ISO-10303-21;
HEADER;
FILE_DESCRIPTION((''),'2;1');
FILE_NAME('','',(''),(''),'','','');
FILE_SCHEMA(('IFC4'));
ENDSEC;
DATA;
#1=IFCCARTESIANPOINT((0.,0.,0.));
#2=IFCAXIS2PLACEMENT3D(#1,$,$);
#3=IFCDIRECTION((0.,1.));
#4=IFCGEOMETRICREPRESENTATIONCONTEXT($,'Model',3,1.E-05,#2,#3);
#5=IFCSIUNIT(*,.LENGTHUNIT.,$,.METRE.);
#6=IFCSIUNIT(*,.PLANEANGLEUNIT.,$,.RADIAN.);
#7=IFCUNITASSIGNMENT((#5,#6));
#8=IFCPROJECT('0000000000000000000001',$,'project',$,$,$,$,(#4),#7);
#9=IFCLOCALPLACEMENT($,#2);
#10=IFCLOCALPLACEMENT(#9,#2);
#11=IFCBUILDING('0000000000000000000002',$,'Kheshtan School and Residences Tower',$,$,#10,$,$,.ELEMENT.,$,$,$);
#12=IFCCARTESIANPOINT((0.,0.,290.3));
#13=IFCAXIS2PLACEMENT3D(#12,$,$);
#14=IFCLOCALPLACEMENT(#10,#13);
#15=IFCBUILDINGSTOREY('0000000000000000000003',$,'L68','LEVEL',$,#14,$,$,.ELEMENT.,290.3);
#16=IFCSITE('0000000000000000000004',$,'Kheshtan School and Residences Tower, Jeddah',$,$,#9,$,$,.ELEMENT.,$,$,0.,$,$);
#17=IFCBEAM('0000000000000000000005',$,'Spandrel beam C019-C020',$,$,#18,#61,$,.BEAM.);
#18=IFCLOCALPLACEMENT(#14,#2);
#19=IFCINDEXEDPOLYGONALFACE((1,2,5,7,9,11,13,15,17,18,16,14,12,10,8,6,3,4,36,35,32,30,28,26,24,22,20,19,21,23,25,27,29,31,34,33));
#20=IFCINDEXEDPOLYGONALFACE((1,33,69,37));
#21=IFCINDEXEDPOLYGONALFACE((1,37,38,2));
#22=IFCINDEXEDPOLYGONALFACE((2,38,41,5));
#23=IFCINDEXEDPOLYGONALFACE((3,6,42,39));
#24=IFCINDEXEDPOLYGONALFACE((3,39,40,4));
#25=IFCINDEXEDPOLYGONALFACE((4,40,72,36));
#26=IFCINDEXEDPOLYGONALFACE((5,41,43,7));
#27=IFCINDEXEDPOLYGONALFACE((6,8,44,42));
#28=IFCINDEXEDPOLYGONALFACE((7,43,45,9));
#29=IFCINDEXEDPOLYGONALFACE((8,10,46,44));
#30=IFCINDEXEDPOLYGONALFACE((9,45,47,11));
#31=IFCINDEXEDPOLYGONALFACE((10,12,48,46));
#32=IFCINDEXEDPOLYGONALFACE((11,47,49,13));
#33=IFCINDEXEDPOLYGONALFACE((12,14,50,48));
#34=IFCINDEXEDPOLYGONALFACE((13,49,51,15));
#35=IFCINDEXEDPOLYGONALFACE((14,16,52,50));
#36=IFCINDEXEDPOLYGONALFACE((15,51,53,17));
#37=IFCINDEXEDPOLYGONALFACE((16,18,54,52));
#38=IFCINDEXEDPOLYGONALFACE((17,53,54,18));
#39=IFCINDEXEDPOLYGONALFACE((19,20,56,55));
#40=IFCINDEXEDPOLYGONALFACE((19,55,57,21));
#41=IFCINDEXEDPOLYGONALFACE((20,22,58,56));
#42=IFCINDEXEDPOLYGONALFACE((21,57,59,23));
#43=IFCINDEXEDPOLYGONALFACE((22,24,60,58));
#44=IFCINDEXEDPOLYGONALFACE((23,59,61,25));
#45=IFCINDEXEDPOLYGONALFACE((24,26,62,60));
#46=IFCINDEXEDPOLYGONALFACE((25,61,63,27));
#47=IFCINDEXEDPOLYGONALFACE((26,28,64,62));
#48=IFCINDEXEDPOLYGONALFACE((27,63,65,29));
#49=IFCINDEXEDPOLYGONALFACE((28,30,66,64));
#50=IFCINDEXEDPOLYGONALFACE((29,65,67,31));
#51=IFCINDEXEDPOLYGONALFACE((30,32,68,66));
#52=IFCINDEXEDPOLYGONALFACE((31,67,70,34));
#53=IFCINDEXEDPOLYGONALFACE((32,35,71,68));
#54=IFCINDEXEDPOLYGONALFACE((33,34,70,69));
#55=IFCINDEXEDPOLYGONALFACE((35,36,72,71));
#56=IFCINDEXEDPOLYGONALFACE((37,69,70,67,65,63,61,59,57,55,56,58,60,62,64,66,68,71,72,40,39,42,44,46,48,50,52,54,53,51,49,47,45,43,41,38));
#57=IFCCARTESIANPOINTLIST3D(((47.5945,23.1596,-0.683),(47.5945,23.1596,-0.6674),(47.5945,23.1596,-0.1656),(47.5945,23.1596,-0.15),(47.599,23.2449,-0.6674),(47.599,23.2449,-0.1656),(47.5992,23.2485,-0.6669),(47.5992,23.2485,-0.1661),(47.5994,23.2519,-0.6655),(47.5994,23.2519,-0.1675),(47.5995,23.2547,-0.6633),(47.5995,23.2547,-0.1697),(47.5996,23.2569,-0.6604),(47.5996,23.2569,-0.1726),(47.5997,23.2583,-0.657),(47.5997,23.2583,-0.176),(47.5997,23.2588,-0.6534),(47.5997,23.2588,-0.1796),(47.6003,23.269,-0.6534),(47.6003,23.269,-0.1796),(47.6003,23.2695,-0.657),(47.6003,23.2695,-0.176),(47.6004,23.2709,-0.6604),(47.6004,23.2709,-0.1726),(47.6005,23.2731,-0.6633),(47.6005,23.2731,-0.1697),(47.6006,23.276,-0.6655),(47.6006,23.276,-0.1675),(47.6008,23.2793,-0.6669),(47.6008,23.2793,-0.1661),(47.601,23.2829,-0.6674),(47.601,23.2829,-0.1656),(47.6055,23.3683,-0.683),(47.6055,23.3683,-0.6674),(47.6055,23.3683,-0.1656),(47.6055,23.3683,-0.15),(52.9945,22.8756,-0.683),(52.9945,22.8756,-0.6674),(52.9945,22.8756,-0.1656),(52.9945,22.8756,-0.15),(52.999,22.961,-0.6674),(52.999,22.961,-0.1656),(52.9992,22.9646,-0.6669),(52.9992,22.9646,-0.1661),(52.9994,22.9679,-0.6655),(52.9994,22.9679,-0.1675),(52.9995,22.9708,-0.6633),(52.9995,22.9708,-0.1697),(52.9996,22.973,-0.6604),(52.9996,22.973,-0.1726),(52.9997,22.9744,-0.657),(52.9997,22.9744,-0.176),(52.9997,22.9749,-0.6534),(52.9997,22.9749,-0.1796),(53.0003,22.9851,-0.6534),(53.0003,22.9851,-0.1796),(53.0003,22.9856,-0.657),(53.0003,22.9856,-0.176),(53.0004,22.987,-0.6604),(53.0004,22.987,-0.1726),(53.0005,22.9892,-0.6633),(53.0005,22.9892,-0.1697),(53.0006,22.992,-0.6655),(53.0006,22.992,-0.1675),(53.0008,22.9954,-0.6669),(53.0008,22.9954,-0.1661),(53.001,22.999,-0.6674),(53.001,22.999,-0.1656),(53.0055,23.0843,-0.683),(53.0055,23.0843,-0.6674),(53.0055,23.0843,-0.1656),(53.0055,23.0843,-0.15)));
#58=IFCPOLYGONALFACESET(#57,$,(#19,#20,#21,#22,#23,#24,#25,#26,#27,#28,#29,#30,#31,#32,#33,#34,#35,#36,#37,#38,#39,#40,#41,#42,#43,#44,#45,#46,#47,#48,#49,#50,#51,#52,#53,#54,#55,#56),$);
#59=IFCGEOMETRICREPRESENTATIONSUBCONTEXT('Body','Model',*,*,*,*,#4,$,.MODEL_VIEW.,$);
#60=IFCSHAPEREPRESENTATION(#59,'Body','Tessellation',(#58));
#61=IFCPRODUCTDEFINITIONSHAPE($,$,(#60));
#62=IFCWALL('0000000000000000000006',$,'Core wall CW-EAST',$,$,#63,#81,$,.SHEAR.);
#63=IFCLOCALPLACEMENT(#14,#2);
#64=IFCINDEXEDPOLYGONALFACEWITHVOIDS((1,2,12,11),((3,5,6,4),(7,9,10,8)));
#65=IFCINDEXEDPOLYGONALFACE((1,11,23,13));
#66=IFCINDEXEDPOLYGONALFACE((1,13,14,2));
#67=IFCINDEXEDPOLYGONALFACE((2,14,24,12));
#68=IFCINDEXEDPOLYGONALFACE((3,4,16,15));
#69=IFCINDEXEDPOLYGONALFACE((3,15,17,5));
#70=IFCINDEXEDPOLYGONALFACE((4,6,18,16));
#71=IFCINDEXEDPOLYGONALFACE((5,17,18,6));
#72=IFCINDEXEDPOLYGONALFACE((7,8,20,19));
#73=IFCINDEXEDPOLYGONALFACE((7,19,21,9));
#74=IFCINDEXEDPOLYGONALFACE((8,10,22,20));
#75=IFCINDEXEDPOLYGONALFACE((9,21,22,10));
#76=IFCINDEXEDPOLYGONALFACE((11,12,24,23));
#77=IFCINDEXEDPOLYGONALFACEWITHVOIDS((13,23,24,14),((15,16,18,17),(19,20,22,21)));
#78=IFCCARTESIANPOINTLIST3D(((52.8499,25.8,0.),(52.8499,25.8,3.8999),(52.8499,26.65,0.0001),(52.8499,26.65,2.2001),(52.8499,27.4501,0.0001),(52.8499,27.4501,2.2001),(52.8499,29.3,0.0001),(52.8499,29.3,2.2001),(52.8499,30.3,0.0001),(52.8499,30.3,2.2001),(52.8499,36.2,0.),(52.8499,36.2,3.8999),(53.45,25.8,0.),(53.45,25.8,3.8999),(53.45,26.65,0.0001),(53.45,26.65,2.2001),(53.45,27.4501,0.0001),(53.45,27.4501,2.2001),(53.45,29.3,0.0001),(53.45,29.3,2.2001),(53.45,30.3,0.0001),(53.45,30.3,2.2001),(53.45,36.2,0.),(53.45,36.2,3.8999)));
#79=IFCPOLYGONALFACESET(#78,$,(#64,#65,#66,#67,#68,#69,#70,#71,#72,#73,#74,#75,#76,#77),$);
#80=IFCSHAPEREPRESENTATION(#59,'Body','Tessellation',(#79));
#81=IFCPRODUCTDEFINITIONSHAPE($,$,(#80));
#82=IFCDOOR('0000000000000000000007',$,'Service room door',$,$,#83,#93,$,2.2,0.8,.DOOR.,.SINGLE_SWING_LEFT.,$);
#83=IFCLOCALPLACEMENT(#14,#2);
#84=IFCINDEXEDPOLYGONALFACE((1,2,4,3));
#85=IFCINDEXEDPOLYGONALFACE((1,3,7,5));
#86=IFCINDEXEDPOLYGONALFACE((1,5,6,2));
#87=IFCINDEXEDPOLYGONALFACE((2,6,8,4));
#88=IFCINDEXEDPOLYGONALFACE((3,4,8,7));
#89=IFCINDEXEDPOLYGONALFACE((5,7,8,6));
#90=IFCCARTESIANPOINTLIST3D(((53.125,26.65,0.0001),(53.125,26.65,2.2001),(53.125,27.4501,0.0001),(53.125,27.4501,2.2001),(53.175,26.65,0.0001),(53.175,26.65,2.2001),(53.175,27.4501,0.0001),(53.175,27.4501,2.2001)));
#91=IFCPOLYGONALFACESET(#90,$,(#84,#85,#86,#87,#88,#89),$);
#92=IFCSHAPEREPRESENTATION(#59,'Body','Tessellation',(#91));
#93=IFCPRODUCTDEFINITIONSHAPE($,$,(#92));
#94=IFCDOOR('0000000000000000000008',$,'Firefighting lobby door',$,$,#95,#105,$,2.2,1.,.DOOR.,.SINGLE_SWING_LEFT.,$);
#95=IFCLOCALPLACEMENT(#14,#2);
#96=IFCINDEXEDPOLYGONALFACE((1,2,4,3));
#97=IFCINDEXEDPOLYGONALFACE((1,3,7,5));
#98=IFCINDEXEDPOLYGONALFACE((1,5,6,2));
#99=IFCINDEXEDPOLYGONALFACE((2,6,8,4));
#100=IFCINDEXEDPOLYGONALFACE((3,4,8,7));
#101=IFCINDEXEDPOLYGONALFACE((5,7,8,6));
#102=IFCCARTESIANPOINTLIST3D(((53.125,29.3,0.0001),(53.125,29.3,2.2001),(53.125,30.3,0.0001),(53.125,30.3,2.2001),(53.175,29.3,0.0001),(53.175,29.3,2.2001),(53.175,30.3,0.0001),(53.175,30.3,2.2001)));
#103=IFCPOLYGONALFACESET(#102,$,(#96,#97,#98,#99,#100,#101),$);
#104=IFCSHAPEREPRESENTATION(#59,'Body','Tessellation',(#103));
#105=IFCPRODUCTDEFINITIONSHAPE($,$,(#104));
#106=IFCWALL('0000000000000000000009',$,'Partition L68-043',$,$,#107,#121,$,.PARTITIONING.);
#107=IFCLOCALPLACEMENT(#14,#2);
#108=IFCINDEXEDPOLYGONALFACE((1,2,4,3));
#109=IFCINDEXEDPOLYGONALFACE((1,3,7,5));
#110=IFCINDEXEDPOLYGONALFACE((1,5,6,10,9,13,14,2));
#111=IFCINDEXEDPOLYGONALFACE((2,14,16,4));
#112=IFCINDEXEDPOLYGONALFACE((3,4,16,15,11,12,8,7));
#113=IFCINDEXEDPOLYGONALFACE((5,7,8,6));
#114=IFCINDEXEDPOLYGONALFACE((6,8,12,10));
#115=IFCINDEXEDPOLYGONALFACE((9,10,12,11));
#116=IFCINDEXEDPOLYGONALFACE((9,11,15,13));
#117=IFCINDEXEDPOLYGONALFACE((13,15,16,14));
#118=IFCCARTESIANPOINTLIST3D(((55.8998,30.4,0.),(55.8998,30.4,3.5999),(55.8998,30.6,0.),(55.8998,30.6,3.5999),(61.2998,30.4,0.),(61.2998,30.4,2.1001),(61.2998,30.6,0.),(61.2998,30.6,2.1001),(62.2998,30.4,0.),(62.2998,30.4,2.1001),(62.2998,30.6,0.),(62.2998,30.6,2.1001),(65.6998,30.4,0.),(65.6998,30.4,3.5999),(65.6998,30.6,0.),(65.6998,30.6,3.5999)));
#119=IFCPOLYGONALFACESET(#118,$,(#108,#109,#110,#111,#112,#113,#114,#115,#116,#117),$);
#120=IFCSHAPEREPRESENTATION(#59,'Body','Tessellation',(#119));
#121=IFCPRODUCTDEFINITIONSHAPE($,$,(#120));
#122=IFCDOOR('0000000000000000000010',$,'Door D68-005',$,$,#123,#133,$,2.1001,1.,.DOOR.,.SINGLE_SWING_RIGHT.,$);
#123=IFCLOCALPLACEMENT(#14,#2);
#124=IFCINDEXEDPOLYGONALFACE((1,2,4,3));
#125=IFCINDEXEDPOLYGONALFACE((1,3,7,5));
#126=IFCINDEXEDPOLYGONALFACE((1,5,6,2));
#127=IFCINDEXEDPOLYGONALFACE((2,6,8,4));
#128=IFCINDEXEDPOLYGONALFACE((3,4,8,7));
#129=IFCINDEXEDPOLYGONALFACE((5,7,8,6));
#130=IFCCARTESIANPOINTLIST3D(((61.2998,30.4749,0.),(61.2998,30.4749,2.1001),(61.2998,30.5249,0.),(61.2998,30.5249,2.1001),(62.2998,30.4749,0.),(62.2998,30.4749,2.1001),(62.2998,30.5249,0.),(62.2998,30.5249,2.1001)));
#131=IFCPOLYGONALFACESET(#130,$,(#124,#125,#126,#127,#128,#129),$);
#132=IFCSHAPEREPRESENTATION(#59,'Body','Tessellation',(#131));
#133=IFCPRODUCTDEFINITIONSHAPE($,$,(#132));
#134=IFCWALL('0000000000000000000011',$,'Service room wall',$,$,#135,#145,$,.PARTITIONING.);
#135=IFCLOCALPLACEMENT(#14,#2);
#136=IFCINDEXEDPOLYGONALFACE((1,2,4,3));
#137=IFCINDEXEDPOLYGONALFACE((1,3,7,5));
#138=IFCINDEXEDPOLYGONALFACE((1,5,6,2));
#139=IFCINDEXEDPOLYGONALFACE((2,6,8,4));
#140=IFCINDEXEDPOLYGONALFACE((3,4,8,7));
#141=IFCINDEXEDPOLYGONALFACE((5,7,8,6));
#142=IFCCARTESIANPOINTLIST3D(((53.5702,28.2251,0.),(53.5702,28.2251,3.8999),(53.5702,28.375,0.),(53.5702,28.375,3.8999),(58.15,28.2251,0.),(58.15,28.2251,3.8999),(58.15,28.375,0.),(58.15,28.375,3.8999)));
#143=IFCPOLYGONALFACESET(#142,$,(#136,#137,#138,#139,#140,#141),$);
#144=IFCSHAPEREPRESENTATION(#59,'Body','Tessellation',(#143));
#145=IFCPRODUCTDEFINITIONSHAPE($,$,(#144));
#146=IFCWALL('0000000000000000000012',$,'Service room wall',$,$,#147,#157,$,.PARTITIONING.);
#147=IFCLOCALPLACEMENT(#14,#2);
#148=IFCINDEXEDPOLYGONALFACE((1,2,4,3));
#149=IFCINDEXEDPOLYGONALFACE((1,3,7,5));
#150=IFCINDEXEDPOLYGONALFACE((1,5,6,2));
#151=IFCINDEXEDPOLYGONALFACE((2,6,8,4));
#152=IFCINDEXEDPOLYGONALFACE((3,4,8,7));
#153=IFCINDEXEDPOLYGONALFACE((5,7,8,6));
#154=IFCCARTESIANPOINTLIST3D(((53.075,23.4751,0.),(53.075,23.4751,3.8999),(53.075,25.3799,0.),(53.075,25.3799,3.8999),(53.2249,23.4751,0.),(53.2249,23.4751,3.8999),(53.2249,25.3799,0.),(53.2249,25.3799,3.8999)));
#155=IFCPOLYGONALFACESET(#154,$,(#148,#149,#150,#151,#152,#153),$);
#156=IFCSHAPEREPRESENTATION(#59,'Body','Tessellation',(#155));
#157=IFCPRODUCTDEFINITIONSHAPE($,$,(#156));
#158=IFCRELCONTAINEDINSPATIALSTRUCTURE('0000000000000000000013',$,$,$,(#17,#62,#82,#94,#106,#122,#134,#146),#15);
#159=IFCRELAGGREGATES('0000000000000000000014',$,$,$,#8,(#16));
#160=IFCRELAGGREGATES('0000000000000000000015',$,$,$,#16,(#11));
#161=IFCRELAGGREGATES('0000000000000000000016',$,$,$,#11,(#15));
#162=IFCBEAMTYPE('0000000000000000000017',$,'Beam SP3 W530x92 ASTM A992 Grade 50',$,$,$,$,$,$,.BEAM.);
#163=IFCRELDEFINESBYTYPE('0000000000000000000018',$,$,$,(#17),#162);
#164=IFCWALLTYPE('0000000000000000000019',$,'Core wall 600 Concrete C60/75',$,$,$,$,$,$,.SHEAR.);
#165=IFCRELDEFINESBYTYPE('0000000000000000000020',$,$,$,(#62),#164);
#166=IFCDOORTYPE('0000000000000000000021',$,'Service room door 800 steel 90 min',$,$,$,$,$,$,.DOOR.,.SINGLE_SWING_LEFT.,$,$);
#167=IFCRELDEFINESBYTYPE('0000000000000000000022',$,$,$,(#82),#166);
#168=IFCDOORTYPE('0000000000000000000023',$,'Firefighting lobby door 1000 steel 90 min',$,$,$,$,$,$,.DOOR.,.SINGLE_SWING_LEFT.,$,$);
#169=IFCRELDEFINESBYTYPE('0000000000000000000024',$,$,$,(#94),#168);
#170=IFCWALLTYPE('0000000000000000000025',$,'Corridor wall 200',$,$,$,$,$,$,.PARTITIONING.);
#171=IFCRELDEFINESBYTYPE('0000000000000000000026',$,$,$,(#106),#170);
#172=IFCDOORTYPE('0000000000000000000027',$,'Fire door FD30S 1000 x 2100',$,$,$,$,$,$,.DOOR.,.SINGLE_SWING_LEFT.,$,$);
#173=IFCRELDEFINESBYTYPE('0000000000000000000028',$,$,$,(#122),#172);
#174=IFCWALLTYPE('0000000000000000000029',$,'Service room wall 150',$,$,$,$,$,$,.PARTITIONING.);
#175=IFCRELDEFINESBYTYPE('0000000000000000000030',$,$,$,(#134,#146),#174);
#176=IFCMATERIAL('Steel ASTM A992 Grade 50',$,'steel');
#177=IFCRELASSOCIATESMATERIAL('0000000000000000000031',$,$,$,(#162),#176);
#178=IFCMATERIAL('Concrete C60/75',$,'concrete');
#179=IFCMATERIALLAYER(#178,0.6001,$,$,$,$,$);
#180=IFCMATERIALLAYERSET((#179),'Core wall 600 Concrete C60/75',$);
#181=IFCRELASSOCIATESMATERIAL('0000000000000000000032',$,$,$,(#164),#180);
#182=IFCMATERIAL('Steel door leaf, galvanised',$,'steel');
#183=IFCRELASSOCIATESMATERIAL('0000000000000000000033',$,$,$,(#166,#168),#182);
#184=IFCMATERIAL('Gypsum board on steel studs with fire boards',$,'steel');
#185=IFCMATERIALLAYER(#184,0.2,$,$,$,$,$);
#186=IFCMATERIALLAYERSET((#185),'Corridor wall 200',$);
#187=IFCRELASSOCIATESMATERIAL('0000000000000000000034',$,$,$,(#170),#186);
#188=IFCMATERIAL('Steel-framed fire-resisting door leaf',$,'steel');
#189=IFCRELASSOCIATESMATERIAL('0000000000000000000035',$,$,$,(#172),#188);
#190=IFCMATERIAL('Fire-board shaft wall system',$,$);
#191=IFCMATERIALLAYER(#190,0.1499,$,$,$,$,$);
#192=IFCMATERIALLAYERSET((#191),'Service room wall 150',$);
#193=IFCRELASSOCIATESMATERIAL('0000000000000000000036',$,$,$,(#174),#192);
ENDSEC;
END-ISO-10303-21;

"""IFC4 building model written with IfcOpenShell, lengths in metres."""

from ifc_helpers import new_model, si_unit, direction, frame, frame_2d, origin, origin_2d, place, context, subcontext, project, spatial, rectangle, i_section, extrude, source, transform, mapped, material, layer, layer_set, material_profile, profile_set, type_object, element, fill, save


model = new_model("IFC4")

# Units and contexts
model_context = context("Model", 3, precision=1e-05, world=origin(), true_north=direction((0.0, 1.0)))
body_context = subcontext(model_context, "Body", "Model", "MODEL_VIEW")
ifc_project = project(units=[si_unit("LENGTHUNIT", "METRE"), si_unit("PLANEANGLEUNIT", "RADIAN")], contexts=[model_context])

# Site, building, storey
site_placement = place(None, origin())
site = spatial("IfcSite", under=ifc_project, at=site_placement, Name="Kheshtan School and Residences Tower, Jeddah", CompositionType="ELEMENT", RefElevation=0.0)
building_placement = place(site_placement, origin())
building = spatial("IfcBuilding", under=site, at=building_placement, Name="Kheshtan School and Residences Tower", CompositionType="ELEMENT")
storey_placement = place(building_placement, frame((0.0, 0.0, 290.3)))
storey = spatial("IfcBuildingStorey", under=building, at=storey_placement, Name="L68", Description="LEVEL", CompositionType="ELEMENT", Elevation=290.3)

# Shared definitions
ifc_material_1 = material(Name="Steel ASTM A992 Grade 50", Category="steel")

# Beam
ifc_material_profile_1 = material_profile(ifc_material_1, i_section(OverallWidth=0.209, OverallDepth=0.533, WebThickness=0.0103, FlangeThickness=0.0156, FilletRadius=0.0139, at=origin_2d()), Name="W530x92")
ifc_profile_set_1 = profile_set([ifc_material_profile_1], Name="Steel ASTM A992 Grade 50")
beam_type_1 = type_object("IfcBeamType", Name="Beam SP3 W530x92 ASTM A992 Grade 50", PredefinedType="BEAM", material=ifc_profile_set_1)
for number, where, z_axis, x_axis, name in (
    (1, (53.0, 22.98, -0.4165), (-0.99862, 0.052509, 0.0), (-0.052509, -0.99862, 0.0), "Spandrel beam C019-C020"),
):
    element("IfcBeam", number, at=place(storey_placement, frame(where, z_axis=z_axis, x_axis=x_axis)), inside=storey, type_object=beam_type_1, Name=name, PredefinedType="BEAM", context=body_context, shape_type="SweptSolid", body=[
        extrude(i_section(OverallWidth=0.209, OverallDepth=0.533, WebThickness=0.0103, FlangeThickness=0.0156, FilletRadius=0.0139, at=origin_2d()), origin(), (0.0, 0.0, 1.0), 5.4075),
    ])

# Wall, openings, doors
ifc_material_2 = material(Name="Concrete C60/75", Category="concrete")
ifc_layer_1 = layer(ifc_material_2, 0.6001)
ifc_layer_set_1 = layer_set([ifc_layer_1], Name="Core wall 600 Concrete C60/75")
wall_type_1 = type_object("IfcWallType", Name="Core wall 600 Concrete C60/75", PredefinedType="SHEAR", material=ifc_layer_set_1)
wall_1_placement = place(storey_placement, frame((53.1499, 25.8, 0.0), z_axis=(0.0, 0.0, 1.0), x_axis=(0.0, 1.0, 0.0)))
wall_1 = element("IfcWall", 2, at=wall_1_placement, inside=storey, type_object=wall_type_1, Name="Core wall CW-EAST", PredefinedType="SHEAR", context=body_context, shape_type="SweptSolid", body=[
    extrude(rectangle(XDim=10.3999, YDim=0.6001, at=frame_2d((5.2, 0.0))), origin(), (0.0, 0.0, 1.0), 3.8999),
])
opening_1_placement = place(wall_1_placement, frame((0.8501, 0.0, 0.0)))
opening_1 = element("IfcOpeningElement", 3, at=opening_1_placement, cuts=wall_1, PredefinedType="OPENING", context=body_context, shape_type="SweptSolid", body=[
    extrude(rectangle(XDim=0.8, YDim=2.2, at=frame_2d((0.3999, 1.1001))), frame((0.0, 0.3101, 0.0), z_axis=(0.0, -1.0, 0.0), x_axis=(1.0, 0.0, 0.0)), (0.0, 0.0, 1.0), 0.6201),
])
opening_2_placement = place(wall_1_placement, frame((3.5, 0.0, 0.0)))
opening_2 = element("IfcOpeningElement", 4, at=opening_2_placement, cuts=wall_1, PredefinedType="OPENING", context=body_context, shape_type="SweptSolid", body=[
    extrude(rectangle(XDim=1.0, YDim=2.2, at=frame_2d((0.5, 1.1001))), frame((0.0, 0.3101, 0.0), z_axis=(0.0, -1.0, 0.0), x_axis=(1.0, 0.0, 0.0)), (0.0, 0.0, 1.0), 0.6201),
])
ifc_material_3 = material(Name="Steel door leaf, galvanised", Category="steel")
door_type_1 = type_object("IfcDoorType", Name="Service room door 800 steel 90 min", OperationType="SINGLE_SWING_LEFT", PredefinedType="DOOR", material=ifc_material_3)
shared_shape_1 = source(origin(), body_context, "Body", "SweptSolid", [
    extrude(rectangle(XDim=0.8, YDim=2.2, at=frame_2d((0.3999, 1.1001))), frame((0.0, 0.0249, 0.0), z_axis=(0.0, -1.0, 0.0), x_axis=(1.0, 0.0, 0.0)), (0.0, 0.0, 1.0), 0.05),
])
door_1_placement = place(opening_1_placement, origin())
door_1 = element("IfcDoor", 5, at=door_1_placement, inside=storey, type_object=door_type_1, Name="Service room door", OperationType="SINGLE_SWING_LEFT", OverallHeight=2.2, OverallWidth=0.8, PredefinedType="DOOR", context=body_context, shape_type="MappedRepresentation", body=[
    mapped(shared_shape_1, transform((0.0, 0.0, 0.0), x_axis=(1.0, 0.0, 0.0), y_axis=(0.0, 1.0, 0.0), z_axis=(0.0, 0.0, 1.0), scale=1.0)),
])
fill(opening_1, door_1)
door_type_2 = type_object("IfcDoorType", Name="Firefighting lobby door 1000 steel 90 min", OperationType="SINGLE_SWING_LEFT", PredefinedType="DOOR", material=ifc_material_3)
shared_shape_2 = source(origin(), body_context, "Body", "SweptSolid", [
    extrude(rectangle(XDim=1.0, YDim=2.2, at=frame_2d((0.5, 1.1001))), frame((0.0, 0.0249, 0.0), z_axis=(0.0, -1.0, 0.0), x_axis=(1.0, 0.0, 0.0)), (0.0, 0.0, 1.0), 0.05),
])
door_2_placement = place(opening_2_placement, origin())
door_2 = element("IfcDoor", 6, at=door_2_placement, inside=storey, type_object=door_type_2, Name="Firefighting lobby door", OperationType="SINGLE_SWING_LEFT", OverallHeight=2.2, OverallWidth=1.0, PredefinedType="DOOR", context=body_context, shape_type="MappedRepresentation", body=[
    mapped(shared_shape_2, transform((0.0, 0.0, 0.0), x_axis=(1.0, 0.0, 0.0), y_axis=(0.0, 1.0, 0.0), z_axis=(0.0, 0.0, 1.0), scale=1.0)),
])
fill(opening_2, door_2)

# Wall, opening, door
ifc_material_4 = material(Name="Gypsum board on steel studs with fire boards", Category="steel")
ifc_layer_2 = layer(ifc_material_4, 0.2)
ifc_layer_set_2 = layer_set([ifc_layer_2], Name="Corridor wall 200")
wall_type_2 = type_object("IfcWallType", Name="Corridor wall 200", PredefinedType="PARTITIONING", material=ifc_layer_set_2)
wall_2_placement = place(storey_placement, frame((55.8999, 30.5, 0.0), z_axis=(0.0, 0.0, 1.0), x_axis=(1.0, 0.0, 0.0)))
wall_2 = element("IfcWall", 7, at=wall_2_placement, inside=storey, type_object=wall_type_2, Name="Partition L68-043", PredefinedType="PARTITIONING", context=body_context, shape_type="SweptSolid", body=[
    extrude(rectangle(XDim=9.8, YDim=0.2, at=frame_2d((4.8999, 0.0))), origin(), (0.0, 0.0, 1.0), 3.5999),
])
opening_3_placement = place(wall_2_placement, frame((5.3999, 0.0, 0.0)))
opening_3 = element("IfcOpeningElement", 8, at=opening_3_placement, cuts=wall_2, PredefinedType="OPENING", context=body_context, shape_type="SweptSolid", body=[
    extrude(rectangle(XDim=1.0, YDim=2.1001, at=frame_2d((0.5, 1.05))), frame((0.0, 0.1099, 0.0), z_axis=(0.0, -1.0, 0.0), x_axis=(1.0, 0.0, 0.0)), (0.0, 0.0, 1.0), 0.22),
])
ifc_material_5 = material(Name="Steel-framed fire-resisting door leaf", Category="steel")
door_type_3 = type_object("IfcDoorType", Name="Fire door FD30S 1000 x 2100", OperationType="SINGLE_SWING_LEFT", PredefinedType="DOOR", material=ifc_material_5)
shared_shape_3 = source(origin(), body_context, "Body", "SweptSolid", [
    extrude(rectangle(XDim=1.0, YDim=2.1001, at=frame_2d((0.5, 1.05))), frame((0.0, 0.0249, 0.0), z_axis=(0.0, -1.0, 0.0), x_axis=(1.0, 0.0, 0.0)), (0.0, 0.0, 1.0), 0.05),
])
door_3_placement = place(opening_3_placement, origin())
door_3 = element("IfcDoor", 9, at=door_3_placement, inside=storey, type_object=door_type_3, Name="Door D68-005", OperationType="SINGLE_SWING_RIGHT", OverallHeight=2.1001, OverallWidth=1.0, PredefinedType="DOOR", context=body_context, shape_type="MappedRepresentation", body=[
    mapped(shared_shape_3, transform((0.0, 0.0, 0.0), x_axis=(1.0, 0.0, 0.0), y_axis=(0.0, 1.0, 0.0), z_axis=(0.0, 0.0, 1.0), scale=1.0)),
])
fill(opening_3, door_3)

# Walls
ifc_material_6 = material(Name="Fire-board shaft wall system")
ifc_layer_3 = layer(ifc_material_6, 0.1499)
ifc_layer_set_3 = layer_set([ifc_layer_3], Name="Service room wall 150")
wall_type_3 = type_object("IfcWallType", Name="Service room wall 150", PredefinedType="PARTITIONING", material=ifc_layer_set_3)
wall_3_placement = place(storey_placement, frame((53.5701, 28.3, 0.0), z_axis=(0.0, 0.0, 1.0), x_axis=(1.0, 0.0, 0.0)))
element("IfcWall", 10, at=wall_3_placement, inside=storey, type_object=wall_type_3, Name="Service room wall", PredefinedType="PARTITIONING", context=body_context, shape_type="SweptSolid", body=[
    extrude(rectangle(XDim=4.5798, YDim=0.1499, at=frame_2d((2.29, 0.0))), origin(), (0.0, 0.0, 1.0), 3.8999),
])
wall_4_placement = place(storey_placement, frame((53.1499, 23.4751, 0.0), z_axis=(0.0, 0.0, 1.0), x_axis=(0.0, 1.0, 0.0)))
element("IfcWall", 11, at=wall_4_placement, inside=storey, type_object=wall_type_3, Name="Service room wall", PredefinedType="PARTITIONING", context=body_context, shape_type="SweptSolid", body=[
    extrude(rectangle(XDim=1.9048, YDim=0.1499, at=frame_2d((0.9524, 0.0))), origin(), (0.0, 0.0, 1.0), 3.8999),
])

save(model, "model.ifc")
